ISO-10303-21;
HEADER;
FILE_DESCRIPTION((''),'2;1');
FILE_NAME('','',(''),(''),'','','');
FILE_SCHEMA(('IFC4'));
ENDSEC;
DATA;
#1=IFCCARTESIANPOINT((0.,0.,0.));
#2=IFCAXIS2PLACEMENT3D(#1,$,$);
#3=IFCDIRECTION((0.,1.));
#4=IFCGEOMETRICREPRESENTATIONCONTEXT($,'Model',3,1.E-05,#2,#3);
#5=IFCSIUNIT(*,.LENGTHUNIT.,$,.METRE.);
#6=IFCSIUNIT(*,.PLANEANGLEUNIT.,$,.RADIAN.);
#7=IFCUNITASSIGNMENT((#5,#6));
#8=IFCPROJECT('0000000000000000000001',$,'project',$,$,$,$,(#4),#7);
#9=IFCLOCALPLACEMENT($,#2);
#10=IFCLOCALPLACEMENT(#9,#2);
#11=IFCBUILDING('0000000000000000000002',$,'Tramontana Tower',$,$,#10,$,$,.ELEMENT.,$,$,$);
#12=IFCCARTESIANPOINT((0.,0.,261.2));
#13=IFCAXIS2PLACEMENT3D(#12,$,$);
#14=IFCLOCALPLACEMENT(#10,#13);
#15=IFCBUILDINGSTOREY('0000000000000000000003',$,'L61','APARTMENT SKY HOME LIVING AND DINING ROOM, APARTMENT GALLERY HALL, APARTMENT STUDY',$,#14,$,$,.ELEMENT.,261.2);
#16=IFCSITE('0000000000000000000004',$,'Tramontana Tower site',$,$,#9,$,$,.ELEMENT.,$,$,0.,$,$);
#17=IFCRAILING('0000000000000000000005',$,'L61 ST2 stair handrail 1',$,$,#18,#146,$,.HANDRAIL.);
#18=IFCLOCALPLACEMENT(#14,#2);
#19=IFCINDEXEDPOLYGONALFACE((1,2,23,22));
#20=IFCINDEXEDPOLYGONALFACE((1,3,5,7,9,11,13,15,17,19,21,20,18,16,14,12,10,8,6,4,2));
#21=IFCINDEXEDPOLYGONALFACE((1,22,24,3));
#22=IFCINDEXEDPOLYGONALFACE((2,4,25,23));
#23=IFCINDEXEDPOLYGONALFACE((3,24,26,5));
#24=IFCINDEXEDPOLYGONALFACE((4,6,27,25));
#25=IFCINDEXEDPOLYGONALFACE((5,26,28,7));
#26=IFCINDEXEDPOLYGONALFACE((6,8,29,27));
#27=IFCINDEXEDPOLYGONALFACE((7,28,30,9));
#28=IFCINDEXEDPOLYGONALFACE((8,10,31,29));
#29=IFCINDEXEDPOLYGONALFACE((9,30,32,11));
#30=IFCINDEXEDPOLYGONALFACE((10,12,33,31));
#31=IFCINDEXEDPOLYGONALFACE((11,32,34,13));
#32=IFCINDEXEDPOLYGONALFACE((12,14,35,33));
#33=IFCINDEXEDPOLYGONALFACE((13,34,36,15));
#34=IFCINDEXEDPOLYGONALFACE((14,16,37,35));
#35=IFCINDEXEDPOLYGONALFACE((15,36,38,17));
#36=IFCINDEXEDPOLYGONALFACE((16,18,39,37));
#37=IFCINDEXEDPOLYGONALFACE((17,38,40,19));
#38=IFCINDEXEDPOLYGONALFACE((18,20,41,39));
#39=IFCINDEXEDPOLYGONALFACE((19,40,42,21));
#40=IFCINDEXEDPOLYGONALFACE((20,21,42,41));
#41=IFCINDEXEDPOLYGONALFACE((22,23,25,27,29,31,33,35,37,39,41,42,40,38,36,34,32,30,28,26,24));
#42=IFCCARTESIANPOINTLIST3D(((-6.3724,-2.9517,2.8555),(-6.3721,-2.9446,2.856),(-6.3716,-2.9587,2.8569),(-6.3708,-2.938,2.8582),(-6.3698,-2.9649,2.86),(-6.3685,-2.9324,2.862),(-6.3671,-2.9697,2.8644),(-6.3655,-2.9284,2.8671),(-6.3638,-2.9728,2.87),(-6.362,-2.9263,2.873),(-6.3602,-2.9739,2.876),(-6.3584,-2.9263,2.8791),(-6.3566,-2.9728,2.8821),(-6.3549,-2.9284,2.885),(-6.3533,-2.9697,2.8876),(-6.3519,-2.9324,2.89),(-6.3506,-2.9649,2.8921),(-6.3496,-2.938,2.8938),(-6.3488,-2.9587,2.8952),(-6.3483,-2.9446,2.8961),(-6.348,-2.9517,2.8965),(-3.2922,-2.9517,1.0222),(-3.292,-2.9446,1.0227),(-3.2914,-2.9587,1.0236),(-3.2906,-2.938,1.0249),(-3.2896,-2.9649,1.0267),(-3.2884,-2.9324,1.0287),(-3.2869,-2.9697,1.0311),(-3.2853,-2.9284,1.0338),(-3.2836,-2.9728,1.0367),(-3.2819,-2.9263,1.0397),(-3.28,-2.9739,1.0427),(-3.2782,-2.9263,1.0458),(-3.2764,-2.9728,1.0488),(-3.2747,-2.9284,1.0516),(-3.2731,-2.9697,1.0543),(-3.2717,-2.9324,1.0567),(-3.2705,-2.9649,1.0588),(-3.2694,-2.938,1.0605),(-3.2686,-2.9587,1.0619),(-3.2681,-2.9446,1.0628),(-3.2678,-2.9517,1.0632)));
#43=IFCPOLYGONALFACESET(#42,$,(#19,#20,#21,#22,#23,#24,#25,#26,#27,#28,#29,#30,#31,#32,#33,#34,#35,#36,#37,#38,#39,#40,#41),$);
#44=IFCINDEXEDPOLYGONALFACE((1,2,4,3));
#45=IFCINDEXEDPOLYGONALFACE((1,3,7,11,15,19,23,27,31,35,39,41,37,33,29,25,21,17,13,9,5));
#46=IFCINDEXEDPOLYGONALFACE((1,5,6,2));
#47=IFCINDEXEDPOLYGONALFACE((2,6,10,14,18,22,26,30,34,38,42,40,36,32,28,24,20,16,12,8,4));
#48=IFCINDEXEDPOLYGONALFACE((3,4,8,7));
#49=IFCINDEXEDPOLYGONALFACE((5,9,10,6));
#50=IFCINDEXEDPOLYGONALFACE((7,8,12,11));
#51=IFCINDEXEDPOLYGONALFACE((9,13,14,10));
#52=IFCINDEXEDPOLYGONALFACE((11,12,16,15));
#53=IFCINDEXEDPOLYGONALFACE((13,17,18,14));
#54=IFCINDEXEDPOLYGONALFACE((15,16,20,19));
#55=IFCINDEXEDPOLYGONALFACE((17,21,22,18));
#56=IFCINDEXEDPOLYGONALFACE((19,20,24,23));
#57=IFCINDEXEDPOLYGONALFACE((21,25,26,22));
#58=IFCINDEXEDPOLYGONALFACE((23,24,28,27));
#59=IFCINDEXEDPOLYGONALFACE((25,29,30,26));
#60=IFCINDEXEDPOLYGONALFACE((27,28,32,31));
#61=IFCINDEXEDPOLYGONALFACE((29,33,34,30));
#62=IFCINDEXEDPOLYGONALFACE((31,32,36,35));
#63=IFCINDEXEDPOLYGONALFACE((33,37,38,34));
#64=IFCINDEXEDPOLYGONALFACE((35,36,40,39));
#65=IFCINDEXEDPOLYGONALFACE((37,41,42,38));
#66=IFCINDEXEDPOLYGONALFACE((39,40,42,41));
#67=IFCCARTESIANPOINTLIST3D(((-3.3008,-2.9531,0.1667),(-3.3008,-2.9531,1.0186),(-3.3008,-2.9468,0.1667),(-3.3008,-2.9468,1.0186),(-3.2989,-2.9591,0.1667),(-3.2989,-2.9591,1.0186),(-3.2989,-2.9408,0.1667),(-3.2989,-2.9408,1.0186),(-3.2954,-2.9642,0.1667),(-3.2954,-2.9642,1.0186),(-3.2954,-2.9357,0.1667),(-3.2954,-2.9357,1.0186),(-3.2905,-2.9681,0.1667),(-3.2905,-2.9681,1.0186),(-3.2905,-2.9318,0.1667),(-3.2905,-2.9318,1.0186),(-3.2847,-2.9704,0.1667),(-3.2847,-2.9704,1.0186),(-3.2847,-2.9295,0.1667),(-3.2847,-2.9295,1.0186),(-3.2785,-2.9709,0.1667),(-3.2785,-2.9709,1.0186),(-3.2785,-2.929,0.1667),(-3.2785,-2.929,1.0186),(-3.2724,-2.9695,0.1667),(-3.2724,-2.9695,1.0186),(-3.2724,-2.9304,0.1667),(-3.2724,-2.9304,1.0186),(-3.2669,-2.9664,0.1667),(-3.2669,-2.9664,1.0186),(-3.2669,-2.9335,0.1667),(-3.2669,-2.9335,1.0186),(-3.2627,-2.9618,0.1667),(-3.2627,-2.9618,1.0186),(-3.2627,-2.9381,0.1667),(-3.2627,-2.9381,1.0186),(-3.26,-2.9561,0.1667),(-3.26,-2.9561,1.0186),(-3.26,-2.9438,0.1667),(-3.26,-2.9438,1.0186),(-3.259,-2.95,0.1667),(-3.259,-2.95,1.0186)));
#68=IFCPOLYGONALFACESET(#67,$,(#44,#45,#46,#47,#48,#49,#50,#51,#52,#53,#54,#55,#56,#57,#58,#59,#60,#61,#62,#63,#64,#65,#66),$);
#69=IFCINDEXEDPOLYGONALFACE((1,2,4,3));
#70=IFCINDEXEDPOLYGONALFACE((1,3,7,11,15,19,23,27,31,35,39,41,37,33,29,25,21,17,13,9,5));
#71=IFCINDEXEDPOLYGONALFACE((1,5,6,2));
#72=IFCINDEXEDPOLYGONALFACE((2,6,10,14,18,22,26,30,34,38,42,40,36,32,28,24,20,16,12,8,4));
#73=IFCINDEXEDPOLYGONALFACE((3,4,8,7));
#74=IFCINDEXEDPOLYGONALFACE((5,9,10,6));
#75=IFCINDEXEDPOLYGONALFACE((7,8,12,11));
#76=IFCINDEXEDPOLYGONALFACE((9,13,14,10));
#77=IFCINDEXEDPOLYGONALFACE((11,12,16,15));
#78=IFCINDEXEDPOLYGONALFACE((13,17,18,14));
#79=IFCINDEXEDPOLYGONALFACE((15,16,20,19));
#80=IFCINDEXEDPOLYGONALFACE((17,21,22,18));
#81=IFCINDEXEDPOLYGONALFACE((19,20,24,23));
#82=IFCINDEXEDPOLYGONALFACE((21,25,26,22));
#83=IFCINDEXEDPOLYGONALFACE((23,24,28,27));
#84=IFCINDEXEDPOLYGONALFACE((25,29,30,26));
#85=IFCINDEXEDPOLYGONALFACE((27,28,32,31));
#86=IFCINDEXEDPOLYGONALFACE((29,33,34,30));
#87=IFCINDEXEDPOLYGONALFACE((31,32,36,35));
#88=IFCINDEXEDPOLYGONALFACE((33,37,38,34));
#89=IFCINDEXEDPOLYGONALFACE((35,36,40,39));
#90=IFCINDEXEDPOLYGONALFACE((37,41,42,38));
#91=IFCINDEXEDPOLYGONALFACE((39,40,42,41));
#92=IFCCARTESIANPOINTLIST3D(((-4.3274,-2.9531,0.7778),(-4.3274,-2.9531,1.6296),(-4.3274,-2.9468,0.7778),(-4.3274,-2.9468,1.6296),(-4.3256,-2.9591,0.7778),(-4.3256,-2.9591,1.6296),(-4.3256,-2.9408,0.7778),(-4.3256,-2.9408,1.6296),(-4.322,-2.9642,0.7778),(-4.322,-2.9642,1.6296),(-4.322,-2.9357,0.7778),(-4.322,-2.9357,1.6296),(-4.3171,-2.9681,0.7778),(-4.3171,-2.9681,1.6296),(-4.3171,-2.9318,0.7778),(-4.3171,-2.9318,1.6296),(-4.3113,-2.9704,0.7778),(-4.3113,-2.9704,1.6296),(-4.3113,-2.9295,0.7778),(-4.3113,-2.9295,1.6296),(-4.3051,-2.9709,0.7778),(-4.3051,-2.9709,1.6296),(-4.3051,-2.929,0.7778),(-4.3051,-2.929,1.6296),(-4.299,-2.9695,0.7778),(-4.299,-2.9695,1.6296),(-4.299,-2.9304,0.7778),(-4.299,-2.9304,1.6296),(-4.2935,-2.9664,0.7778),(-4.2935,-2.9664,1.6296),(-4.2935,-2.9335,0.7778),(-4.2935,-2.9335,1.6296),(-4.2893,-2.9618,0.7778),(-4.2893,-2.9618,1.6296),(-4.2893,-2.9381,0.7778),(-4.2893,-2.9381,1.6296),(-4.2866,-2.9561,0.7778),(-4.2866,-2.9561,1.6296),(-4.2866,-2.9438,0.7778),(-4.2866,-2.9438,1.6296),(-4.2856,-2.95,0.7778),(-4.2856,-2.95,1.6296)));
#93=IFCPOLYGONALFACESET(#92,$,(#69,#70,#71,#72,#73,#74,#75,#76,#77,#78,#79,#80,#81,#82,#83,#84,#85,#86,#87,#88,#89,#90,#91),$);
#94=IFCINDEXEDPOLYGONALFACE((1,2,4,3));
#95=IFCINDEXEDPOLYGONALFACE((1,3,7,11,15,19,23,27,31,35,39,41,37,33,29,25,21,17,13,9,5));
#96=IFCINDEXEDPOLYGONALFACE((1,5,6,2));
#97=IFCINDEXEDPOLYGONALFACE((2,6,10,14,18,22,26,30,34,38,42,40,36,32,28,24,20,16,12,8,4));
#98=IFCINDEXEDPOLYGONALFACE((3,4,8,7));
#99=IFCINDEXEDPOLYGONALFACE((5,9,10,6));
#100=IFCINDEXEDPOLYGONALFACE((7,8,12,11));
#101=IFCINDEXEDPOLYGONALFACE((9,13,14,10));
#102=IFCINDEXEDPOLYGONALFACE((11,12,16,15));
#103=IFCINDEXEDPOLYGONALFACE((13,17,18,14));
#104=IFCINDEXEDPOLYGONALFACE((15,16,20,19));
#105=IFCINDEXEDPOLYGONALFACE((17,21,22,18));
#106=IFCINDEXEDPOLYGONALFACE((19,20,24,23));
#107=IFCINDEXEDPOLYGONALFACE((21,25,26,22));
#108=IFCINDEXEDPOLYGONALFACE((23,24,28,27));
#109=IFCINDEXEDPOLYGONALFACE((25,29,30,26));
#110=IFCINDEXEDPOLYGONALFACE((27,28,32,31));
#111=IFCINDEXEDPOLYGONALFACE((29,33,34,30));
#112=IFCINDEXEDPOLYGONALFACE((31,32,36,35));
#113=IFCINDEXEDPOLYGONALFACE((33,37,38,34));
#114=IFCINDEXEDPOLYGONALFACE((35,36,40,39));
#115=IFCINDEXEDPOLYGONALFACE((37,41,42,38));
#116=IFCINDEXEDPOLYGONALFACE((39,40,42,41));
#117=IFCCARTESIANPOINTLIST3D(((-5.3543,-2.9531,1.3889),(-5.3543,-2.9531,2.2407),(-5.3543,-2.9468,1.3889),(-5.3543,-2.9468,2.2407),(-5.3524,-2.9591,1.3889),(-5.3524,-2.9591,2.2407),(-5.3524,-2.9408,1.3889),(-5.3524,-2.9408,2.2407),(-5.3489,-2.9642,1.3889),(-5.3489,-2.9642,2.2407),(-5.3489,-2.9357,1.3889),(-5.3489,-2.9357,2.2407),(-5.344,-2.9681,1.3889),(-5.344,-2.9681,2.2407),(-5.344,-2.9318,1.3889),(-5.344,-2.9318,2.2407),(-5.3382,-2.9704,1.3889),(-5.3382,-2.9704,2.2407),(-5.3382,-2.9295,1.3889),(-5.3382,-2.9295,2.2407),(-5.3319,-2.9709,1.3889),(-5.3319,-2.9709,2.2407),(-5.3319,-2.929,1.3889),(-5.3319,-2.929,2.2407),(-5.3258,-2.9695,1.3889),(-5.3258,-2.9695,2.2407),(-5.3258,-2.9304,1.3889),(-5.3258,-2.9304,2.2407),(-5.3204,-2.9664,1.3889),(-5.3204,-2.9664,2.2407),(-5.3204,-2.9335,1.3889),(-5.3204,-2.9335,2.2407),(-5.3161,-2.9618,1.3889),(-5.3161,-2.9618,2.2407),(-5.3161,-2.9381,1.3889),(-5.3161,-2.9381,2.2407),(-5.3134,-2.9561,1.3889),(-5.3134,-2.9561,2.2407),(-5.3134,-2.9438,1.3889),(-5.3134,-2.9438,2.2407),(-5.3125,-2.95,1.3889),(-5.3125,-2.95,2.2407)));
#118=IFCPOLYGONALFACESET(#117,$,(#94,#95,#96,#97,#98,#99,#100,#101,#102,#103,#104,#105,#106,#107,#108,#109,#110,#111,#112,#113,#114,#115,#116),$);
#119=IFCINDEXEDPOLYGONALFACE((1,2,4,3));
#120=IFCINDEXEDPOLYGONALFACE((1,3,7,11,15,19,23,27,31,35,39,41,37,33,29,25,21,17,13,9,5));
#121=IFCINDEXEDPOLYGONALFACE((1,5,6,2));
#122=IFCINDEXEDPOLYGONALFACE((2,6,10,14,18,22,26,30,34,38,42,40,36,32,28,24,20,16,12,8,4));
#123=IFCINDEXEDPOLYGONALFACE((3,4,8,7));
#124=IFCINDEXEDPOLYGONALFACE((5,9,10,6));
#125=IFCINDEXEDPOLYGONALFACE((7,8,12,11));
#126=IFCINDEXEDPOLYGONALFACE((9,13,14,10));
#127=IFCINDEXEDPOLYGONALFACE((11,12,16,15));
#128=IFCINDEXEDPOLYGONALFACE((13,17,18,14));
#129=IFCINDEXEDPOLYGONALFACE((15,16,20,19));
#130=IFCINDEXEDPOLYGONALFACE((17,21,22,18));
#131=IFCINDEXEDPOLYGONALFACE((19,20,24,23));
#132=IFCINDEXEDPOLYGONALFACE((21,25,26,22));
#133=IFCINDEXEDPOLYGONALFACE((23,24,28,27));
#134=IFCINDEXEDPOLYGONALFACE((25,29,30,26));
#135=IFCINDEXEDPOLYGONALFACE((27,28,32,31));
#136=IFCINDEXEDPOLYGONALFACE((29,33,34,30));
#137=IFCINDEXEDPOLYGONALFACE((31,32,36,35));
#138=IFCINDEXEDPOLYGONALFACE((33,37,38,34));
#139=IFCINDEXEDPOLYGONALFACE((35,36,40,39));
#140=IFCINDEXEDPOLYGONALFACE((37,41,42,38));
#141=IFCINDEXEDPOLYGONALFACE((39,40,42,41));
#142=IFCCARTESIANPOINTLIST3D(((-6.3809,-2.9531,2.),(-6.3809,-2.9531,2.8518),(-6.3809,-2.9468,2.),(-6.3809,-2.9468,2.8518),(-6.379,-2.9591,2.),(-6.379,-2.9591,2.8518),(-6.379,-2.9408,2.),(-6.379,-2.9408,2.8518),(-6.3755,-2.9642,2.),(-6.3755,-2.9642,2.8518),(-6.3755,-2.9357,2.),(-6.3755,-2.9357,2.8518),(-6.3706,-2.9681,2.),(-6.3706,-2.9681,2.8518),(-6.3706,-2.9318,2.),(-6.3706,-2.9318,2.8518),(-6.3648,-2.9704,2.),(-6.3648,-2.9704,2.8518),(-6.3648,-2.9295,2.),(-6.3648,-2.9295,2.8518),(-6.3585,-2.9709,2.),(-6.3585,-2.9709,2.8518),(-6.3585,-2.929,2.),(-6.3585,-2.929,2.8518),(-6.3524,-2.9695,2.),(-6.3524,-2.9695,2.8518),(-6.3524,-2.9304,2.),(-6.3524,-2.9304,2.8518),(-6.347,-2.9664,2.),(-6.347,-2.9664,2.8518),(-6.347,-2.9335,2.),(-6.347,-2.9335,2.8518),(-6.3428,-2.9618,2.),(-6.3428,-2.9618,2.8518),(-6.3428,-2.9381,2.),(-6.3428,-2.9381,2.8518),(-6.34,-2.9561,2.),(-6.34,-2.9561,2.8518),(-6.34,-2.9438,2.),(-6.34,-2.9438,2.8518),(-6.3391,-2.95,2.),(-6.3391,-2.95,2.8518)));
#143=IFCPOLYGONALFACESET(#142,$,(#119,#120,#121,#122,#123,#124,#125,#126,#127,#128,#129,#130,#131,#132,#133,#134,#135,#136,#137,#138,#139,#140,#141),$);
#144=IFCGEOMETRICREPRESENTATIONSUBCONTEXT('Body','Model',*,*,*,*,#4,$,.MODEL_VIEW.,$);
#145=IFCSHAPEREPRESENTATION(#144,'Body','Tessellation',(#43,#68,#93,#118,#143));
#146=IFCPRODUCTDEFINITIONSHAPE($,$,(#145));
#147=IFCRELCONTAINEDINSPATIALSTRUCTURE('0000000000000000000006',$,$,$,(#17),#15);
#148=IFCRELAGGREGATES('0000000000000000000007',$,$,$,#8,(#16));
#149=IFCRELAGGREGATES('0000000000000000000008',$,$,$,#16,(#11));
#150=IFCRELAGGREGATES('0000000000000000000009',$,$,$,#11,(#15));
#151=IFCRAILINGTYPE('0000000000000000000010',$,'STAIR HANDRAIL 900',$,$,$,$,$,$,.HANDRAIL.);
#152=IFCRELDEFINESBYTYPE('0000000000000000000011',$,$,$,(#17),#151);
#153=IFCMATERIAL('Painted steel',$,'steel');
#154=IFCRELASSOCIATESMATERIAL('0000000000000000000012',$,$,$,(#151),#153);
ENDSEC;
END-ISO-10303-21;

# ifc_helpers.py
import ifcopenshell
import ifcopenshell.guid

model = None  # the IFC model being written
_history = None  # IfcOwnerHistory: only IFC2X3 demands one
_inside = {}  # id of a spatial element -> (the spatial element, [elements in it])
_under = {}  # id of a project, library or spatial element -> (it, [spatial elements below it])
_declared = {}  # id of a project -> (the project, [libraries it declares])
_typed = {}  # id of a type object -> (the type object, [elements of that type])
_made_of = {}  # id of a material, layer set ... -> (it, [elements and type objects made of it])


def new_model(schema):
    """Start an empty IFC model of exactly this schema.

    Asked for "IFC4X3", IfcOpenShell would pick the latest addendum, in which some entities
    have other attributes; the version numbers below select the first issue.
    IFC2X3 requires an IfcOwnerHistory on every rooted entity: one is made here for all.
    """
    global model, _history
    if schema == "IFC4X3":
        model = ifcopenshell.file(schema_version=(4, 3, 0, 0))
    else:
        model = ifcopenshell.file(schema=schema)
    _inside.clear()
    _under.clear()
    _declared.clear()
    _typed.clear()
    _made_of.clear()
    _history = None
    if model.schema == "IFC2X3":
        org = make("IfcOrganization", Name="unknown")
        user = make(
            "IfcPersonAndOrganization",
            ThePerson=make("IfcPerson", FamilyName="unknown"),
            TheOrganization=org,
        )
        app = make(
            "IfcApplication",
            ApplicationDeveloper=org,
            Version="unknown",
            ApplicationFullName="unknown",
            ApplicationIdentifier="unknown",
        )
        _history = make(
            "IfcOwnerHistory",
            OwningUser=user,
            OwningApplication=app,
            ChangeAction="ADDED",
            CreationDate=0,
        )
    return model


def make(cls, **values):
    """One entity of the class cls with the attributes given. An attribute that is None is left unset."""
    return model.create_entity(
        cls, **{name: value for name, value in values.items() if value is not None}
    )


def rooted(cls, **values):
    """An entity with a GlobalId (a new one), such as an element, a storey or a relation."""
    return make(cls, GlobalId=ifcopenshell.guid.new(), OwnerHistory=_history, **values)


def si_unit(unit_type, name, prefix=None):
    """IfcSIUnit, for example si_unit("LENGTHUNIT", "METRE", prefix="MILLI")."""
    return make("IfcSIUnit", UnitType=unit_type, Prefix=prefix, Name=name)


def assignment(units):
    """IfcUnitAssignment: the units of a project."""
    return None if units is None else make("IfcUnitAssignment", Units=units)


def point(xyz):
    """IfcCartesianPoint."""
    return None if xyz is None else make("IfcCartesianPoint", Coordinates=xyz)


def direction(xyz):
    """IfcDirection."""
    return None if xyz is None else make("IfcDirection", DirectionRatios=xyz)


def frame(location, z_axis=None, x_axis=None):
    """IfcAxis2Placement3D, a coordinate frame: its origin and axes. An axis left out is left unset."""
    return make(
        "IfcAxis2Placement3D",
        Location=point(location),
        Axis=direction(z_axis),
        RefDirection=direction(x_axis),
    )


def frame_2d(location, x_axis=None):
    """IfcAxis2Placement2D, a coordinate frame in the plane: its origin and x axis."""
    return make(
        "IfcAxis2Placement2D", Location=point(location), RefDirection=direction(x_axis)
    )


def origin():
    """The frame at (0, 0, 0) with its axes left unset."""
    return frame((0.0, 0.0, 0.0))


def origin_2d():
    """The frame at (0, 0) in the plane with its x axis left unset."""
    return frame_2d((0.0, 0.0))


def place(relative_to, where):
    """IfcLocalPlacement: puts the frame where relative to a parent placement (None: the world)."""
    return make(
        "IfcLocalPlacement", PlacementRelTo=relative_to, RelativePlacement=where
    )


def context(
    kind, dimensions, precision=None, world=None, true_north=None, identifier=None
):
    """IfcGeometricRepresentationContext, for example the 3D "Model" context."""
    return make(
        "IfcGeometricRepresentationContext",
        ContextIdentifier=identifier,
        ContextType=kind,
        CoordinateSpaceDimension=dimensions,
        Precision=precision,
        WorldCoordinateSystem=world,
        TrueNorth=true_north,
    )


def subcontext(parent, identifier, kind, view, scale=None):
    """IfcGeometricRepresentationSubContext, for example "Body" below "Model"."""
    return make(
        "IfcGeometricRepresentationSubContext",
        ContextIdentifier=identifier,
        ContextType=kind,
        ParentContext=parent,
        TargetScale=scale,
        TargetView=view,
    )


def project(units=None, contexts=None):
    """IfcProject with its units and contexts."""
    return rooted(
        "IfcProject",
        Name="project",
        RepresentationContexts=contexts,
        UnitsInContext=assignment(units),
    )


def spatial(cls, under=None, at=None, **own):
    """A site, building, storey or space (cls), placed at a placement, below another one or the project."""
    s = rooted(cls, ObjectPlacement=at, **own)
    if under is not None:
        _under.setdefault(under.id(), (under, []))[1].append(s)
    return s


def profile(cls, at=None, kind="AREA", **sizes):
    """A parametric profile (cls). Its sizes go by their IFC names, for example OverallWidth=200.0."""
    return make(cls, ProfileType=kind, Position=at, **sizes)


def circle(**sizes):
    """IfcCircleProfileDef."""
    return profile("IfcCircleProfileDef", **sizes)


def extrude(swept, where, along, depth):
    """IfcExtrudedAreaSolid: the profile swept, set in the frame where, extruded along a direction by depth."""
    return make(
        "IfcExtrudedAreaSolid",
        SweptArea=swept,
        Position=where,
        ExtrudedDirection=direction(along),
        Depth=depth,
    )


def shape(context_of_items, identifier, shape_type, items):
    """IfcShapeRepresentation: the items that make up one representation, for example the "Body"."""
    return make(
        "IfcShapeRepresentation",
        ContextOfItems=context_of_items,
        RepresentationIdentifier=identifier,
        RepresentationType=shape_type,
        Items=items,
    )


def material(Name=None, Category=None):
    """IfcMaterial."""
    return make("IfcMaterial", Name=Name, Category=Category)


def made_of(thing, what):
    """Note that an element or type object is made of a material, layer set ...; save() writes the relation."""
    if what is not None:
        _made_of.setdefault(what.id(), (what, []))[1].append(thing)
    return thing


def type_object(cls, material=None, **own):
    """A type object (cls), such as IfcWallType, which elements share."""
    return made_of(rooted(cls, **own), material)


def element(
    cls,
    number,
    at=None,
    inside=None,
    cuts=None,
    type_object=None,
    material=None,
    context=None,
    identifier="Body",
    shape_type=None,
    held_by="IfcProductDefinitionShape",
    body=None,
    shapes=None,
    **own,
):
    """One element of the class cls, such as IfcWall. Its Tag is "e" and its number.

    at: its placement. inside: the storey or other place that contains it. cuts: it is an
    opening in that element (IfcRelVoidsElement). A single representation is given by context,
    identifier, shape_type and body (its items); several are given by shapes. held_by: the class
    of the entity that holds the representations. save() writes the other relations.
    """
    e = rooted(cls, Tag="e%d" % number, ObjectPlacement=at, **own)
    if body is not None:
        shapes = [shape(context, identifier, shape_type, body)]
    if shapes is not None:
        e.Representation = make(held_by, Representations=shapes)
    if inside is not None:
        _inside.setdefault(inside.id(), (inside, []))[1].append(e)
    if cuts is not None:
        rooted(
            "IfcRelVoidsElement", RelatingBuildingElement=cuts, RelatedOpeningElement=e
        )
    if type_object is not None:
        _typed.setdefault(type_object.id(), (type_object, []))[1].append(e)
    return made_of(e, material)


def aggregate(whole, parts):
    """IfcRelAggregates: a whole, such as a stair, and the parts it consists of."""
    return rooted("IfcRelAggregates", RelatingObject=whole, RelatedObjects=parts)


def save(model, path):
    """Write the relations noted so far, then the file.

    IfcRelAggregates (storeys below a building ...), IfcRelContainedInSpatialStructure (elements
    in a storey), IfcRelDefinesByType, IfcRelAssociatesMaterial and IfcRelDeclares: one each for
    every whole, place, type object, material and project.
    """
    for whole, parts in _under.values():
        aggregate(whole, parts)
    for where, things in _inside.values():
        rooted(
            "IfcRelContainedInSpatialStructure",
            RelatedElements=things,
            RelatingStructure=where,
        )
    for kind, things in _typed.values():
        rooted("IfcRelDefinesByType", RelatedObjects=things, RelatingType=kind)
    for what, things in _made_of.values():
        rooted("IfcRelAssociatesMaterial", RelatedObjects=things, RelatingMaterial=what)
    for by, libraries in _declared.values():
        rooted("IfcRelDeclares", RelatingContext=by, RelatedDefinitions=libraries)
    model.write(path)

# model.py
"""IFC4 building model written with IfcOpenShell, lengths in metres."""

from ifc_helpers import new_model, si_unit, direction, frame, origin, origin_2d, place, context, subcontext, project, spatial, circle, extrude, material, type_object, element, save


model = new_model("IFC4")

# Units and contexts
model_context = context("Model", 3, precision=1e-05, world=origin(), true_north=direction((0.0, 1.0)))
body_context = subcontext(model_context, "Body", "Model", "MODEL_VIEW")
ifc_project = project(units=[si_unit("LENGTHUNIT", "METRE"), si_unit("PLANEANGLEUNIT", "RADIAN")], contexts=[model_context])

# Site, building, storey
site_placement = place(None, origin())
site = spatial("IfcSite", under=ifc_project, at=site_placement, Name="Tramontana Tower site", CompositionType="ELEMENT", RefElevation=0.0)
building_placement = place(site_placement, origin())
building = spatial("IfcBuilding", under=site, at=building_placement, Name="Tramontana Tower", CompositionType="ELEMENT")
storey_placement = place(building_placement, frame((0.0, 0.0, 261.2)))
storey = spatial("IfcBuildingStorey", under=building, at=storey_placement, Name="L61", Description="APARTMENT SKY HOME LIVING AND DINING ROOM, APARTMENT GALLERY HALL, APARTMENT STUDY", CompositionType="ELEMENT", Elevation=261.2)

# Railing
ifc_material_1 = material(Name="Painted steel", Category="steel")
railing_type_1 = type_object("IfcRailingType", Name="STAIR HANDRAIL 900", PredefinedType="HANDRAIL", material=ifc_material_1)
railing_1_placement = place(storey_placement, frame((-3.28, -2.95, 0.1667)))
element("IfcRailing", 1, at=railing_1_placement, inside=storey, type_object=railing_type_1, Name="L61 ST2 stair handrail 1", PredefinedType="HANDRAIL", context=body_context, shape_type="SweptSolid", body=[
    extrude(circle(Radius=0.0239, at=origin_2d()), frame((0.0, 0.0, 0.876), z_axis=(-0.859309, 0.0, 0.511458), x_axis=(0.0, -1.0, 0.0)), (0.0, 0.0, 1.0), 3.5845),
    extrude(circle(Radius=0.021, at=origin_2d()), origin(), (0.0, 0.0, 1.0), 0.8518),
    extrude(circle(Radius=0.021, at=origin_2d()), frame((-1.0266, 0.0, 0.6111)), (0.0, 0.0, 1.0), 0.8518),
    extrude(circle(Radius=0.021, at=origin_2d()), frame((-2.0535, 0.0, 1.2222)), (0.0, 0.0, 1.0), 0.8518),
    extrude(circle(Radius=0.021, at=origin_2d()), frame((-3.0801, 0.0, 1.8333)), (0.0, 0.0, 1.0), 0.8518),
])

save(model, "model.ifc")
